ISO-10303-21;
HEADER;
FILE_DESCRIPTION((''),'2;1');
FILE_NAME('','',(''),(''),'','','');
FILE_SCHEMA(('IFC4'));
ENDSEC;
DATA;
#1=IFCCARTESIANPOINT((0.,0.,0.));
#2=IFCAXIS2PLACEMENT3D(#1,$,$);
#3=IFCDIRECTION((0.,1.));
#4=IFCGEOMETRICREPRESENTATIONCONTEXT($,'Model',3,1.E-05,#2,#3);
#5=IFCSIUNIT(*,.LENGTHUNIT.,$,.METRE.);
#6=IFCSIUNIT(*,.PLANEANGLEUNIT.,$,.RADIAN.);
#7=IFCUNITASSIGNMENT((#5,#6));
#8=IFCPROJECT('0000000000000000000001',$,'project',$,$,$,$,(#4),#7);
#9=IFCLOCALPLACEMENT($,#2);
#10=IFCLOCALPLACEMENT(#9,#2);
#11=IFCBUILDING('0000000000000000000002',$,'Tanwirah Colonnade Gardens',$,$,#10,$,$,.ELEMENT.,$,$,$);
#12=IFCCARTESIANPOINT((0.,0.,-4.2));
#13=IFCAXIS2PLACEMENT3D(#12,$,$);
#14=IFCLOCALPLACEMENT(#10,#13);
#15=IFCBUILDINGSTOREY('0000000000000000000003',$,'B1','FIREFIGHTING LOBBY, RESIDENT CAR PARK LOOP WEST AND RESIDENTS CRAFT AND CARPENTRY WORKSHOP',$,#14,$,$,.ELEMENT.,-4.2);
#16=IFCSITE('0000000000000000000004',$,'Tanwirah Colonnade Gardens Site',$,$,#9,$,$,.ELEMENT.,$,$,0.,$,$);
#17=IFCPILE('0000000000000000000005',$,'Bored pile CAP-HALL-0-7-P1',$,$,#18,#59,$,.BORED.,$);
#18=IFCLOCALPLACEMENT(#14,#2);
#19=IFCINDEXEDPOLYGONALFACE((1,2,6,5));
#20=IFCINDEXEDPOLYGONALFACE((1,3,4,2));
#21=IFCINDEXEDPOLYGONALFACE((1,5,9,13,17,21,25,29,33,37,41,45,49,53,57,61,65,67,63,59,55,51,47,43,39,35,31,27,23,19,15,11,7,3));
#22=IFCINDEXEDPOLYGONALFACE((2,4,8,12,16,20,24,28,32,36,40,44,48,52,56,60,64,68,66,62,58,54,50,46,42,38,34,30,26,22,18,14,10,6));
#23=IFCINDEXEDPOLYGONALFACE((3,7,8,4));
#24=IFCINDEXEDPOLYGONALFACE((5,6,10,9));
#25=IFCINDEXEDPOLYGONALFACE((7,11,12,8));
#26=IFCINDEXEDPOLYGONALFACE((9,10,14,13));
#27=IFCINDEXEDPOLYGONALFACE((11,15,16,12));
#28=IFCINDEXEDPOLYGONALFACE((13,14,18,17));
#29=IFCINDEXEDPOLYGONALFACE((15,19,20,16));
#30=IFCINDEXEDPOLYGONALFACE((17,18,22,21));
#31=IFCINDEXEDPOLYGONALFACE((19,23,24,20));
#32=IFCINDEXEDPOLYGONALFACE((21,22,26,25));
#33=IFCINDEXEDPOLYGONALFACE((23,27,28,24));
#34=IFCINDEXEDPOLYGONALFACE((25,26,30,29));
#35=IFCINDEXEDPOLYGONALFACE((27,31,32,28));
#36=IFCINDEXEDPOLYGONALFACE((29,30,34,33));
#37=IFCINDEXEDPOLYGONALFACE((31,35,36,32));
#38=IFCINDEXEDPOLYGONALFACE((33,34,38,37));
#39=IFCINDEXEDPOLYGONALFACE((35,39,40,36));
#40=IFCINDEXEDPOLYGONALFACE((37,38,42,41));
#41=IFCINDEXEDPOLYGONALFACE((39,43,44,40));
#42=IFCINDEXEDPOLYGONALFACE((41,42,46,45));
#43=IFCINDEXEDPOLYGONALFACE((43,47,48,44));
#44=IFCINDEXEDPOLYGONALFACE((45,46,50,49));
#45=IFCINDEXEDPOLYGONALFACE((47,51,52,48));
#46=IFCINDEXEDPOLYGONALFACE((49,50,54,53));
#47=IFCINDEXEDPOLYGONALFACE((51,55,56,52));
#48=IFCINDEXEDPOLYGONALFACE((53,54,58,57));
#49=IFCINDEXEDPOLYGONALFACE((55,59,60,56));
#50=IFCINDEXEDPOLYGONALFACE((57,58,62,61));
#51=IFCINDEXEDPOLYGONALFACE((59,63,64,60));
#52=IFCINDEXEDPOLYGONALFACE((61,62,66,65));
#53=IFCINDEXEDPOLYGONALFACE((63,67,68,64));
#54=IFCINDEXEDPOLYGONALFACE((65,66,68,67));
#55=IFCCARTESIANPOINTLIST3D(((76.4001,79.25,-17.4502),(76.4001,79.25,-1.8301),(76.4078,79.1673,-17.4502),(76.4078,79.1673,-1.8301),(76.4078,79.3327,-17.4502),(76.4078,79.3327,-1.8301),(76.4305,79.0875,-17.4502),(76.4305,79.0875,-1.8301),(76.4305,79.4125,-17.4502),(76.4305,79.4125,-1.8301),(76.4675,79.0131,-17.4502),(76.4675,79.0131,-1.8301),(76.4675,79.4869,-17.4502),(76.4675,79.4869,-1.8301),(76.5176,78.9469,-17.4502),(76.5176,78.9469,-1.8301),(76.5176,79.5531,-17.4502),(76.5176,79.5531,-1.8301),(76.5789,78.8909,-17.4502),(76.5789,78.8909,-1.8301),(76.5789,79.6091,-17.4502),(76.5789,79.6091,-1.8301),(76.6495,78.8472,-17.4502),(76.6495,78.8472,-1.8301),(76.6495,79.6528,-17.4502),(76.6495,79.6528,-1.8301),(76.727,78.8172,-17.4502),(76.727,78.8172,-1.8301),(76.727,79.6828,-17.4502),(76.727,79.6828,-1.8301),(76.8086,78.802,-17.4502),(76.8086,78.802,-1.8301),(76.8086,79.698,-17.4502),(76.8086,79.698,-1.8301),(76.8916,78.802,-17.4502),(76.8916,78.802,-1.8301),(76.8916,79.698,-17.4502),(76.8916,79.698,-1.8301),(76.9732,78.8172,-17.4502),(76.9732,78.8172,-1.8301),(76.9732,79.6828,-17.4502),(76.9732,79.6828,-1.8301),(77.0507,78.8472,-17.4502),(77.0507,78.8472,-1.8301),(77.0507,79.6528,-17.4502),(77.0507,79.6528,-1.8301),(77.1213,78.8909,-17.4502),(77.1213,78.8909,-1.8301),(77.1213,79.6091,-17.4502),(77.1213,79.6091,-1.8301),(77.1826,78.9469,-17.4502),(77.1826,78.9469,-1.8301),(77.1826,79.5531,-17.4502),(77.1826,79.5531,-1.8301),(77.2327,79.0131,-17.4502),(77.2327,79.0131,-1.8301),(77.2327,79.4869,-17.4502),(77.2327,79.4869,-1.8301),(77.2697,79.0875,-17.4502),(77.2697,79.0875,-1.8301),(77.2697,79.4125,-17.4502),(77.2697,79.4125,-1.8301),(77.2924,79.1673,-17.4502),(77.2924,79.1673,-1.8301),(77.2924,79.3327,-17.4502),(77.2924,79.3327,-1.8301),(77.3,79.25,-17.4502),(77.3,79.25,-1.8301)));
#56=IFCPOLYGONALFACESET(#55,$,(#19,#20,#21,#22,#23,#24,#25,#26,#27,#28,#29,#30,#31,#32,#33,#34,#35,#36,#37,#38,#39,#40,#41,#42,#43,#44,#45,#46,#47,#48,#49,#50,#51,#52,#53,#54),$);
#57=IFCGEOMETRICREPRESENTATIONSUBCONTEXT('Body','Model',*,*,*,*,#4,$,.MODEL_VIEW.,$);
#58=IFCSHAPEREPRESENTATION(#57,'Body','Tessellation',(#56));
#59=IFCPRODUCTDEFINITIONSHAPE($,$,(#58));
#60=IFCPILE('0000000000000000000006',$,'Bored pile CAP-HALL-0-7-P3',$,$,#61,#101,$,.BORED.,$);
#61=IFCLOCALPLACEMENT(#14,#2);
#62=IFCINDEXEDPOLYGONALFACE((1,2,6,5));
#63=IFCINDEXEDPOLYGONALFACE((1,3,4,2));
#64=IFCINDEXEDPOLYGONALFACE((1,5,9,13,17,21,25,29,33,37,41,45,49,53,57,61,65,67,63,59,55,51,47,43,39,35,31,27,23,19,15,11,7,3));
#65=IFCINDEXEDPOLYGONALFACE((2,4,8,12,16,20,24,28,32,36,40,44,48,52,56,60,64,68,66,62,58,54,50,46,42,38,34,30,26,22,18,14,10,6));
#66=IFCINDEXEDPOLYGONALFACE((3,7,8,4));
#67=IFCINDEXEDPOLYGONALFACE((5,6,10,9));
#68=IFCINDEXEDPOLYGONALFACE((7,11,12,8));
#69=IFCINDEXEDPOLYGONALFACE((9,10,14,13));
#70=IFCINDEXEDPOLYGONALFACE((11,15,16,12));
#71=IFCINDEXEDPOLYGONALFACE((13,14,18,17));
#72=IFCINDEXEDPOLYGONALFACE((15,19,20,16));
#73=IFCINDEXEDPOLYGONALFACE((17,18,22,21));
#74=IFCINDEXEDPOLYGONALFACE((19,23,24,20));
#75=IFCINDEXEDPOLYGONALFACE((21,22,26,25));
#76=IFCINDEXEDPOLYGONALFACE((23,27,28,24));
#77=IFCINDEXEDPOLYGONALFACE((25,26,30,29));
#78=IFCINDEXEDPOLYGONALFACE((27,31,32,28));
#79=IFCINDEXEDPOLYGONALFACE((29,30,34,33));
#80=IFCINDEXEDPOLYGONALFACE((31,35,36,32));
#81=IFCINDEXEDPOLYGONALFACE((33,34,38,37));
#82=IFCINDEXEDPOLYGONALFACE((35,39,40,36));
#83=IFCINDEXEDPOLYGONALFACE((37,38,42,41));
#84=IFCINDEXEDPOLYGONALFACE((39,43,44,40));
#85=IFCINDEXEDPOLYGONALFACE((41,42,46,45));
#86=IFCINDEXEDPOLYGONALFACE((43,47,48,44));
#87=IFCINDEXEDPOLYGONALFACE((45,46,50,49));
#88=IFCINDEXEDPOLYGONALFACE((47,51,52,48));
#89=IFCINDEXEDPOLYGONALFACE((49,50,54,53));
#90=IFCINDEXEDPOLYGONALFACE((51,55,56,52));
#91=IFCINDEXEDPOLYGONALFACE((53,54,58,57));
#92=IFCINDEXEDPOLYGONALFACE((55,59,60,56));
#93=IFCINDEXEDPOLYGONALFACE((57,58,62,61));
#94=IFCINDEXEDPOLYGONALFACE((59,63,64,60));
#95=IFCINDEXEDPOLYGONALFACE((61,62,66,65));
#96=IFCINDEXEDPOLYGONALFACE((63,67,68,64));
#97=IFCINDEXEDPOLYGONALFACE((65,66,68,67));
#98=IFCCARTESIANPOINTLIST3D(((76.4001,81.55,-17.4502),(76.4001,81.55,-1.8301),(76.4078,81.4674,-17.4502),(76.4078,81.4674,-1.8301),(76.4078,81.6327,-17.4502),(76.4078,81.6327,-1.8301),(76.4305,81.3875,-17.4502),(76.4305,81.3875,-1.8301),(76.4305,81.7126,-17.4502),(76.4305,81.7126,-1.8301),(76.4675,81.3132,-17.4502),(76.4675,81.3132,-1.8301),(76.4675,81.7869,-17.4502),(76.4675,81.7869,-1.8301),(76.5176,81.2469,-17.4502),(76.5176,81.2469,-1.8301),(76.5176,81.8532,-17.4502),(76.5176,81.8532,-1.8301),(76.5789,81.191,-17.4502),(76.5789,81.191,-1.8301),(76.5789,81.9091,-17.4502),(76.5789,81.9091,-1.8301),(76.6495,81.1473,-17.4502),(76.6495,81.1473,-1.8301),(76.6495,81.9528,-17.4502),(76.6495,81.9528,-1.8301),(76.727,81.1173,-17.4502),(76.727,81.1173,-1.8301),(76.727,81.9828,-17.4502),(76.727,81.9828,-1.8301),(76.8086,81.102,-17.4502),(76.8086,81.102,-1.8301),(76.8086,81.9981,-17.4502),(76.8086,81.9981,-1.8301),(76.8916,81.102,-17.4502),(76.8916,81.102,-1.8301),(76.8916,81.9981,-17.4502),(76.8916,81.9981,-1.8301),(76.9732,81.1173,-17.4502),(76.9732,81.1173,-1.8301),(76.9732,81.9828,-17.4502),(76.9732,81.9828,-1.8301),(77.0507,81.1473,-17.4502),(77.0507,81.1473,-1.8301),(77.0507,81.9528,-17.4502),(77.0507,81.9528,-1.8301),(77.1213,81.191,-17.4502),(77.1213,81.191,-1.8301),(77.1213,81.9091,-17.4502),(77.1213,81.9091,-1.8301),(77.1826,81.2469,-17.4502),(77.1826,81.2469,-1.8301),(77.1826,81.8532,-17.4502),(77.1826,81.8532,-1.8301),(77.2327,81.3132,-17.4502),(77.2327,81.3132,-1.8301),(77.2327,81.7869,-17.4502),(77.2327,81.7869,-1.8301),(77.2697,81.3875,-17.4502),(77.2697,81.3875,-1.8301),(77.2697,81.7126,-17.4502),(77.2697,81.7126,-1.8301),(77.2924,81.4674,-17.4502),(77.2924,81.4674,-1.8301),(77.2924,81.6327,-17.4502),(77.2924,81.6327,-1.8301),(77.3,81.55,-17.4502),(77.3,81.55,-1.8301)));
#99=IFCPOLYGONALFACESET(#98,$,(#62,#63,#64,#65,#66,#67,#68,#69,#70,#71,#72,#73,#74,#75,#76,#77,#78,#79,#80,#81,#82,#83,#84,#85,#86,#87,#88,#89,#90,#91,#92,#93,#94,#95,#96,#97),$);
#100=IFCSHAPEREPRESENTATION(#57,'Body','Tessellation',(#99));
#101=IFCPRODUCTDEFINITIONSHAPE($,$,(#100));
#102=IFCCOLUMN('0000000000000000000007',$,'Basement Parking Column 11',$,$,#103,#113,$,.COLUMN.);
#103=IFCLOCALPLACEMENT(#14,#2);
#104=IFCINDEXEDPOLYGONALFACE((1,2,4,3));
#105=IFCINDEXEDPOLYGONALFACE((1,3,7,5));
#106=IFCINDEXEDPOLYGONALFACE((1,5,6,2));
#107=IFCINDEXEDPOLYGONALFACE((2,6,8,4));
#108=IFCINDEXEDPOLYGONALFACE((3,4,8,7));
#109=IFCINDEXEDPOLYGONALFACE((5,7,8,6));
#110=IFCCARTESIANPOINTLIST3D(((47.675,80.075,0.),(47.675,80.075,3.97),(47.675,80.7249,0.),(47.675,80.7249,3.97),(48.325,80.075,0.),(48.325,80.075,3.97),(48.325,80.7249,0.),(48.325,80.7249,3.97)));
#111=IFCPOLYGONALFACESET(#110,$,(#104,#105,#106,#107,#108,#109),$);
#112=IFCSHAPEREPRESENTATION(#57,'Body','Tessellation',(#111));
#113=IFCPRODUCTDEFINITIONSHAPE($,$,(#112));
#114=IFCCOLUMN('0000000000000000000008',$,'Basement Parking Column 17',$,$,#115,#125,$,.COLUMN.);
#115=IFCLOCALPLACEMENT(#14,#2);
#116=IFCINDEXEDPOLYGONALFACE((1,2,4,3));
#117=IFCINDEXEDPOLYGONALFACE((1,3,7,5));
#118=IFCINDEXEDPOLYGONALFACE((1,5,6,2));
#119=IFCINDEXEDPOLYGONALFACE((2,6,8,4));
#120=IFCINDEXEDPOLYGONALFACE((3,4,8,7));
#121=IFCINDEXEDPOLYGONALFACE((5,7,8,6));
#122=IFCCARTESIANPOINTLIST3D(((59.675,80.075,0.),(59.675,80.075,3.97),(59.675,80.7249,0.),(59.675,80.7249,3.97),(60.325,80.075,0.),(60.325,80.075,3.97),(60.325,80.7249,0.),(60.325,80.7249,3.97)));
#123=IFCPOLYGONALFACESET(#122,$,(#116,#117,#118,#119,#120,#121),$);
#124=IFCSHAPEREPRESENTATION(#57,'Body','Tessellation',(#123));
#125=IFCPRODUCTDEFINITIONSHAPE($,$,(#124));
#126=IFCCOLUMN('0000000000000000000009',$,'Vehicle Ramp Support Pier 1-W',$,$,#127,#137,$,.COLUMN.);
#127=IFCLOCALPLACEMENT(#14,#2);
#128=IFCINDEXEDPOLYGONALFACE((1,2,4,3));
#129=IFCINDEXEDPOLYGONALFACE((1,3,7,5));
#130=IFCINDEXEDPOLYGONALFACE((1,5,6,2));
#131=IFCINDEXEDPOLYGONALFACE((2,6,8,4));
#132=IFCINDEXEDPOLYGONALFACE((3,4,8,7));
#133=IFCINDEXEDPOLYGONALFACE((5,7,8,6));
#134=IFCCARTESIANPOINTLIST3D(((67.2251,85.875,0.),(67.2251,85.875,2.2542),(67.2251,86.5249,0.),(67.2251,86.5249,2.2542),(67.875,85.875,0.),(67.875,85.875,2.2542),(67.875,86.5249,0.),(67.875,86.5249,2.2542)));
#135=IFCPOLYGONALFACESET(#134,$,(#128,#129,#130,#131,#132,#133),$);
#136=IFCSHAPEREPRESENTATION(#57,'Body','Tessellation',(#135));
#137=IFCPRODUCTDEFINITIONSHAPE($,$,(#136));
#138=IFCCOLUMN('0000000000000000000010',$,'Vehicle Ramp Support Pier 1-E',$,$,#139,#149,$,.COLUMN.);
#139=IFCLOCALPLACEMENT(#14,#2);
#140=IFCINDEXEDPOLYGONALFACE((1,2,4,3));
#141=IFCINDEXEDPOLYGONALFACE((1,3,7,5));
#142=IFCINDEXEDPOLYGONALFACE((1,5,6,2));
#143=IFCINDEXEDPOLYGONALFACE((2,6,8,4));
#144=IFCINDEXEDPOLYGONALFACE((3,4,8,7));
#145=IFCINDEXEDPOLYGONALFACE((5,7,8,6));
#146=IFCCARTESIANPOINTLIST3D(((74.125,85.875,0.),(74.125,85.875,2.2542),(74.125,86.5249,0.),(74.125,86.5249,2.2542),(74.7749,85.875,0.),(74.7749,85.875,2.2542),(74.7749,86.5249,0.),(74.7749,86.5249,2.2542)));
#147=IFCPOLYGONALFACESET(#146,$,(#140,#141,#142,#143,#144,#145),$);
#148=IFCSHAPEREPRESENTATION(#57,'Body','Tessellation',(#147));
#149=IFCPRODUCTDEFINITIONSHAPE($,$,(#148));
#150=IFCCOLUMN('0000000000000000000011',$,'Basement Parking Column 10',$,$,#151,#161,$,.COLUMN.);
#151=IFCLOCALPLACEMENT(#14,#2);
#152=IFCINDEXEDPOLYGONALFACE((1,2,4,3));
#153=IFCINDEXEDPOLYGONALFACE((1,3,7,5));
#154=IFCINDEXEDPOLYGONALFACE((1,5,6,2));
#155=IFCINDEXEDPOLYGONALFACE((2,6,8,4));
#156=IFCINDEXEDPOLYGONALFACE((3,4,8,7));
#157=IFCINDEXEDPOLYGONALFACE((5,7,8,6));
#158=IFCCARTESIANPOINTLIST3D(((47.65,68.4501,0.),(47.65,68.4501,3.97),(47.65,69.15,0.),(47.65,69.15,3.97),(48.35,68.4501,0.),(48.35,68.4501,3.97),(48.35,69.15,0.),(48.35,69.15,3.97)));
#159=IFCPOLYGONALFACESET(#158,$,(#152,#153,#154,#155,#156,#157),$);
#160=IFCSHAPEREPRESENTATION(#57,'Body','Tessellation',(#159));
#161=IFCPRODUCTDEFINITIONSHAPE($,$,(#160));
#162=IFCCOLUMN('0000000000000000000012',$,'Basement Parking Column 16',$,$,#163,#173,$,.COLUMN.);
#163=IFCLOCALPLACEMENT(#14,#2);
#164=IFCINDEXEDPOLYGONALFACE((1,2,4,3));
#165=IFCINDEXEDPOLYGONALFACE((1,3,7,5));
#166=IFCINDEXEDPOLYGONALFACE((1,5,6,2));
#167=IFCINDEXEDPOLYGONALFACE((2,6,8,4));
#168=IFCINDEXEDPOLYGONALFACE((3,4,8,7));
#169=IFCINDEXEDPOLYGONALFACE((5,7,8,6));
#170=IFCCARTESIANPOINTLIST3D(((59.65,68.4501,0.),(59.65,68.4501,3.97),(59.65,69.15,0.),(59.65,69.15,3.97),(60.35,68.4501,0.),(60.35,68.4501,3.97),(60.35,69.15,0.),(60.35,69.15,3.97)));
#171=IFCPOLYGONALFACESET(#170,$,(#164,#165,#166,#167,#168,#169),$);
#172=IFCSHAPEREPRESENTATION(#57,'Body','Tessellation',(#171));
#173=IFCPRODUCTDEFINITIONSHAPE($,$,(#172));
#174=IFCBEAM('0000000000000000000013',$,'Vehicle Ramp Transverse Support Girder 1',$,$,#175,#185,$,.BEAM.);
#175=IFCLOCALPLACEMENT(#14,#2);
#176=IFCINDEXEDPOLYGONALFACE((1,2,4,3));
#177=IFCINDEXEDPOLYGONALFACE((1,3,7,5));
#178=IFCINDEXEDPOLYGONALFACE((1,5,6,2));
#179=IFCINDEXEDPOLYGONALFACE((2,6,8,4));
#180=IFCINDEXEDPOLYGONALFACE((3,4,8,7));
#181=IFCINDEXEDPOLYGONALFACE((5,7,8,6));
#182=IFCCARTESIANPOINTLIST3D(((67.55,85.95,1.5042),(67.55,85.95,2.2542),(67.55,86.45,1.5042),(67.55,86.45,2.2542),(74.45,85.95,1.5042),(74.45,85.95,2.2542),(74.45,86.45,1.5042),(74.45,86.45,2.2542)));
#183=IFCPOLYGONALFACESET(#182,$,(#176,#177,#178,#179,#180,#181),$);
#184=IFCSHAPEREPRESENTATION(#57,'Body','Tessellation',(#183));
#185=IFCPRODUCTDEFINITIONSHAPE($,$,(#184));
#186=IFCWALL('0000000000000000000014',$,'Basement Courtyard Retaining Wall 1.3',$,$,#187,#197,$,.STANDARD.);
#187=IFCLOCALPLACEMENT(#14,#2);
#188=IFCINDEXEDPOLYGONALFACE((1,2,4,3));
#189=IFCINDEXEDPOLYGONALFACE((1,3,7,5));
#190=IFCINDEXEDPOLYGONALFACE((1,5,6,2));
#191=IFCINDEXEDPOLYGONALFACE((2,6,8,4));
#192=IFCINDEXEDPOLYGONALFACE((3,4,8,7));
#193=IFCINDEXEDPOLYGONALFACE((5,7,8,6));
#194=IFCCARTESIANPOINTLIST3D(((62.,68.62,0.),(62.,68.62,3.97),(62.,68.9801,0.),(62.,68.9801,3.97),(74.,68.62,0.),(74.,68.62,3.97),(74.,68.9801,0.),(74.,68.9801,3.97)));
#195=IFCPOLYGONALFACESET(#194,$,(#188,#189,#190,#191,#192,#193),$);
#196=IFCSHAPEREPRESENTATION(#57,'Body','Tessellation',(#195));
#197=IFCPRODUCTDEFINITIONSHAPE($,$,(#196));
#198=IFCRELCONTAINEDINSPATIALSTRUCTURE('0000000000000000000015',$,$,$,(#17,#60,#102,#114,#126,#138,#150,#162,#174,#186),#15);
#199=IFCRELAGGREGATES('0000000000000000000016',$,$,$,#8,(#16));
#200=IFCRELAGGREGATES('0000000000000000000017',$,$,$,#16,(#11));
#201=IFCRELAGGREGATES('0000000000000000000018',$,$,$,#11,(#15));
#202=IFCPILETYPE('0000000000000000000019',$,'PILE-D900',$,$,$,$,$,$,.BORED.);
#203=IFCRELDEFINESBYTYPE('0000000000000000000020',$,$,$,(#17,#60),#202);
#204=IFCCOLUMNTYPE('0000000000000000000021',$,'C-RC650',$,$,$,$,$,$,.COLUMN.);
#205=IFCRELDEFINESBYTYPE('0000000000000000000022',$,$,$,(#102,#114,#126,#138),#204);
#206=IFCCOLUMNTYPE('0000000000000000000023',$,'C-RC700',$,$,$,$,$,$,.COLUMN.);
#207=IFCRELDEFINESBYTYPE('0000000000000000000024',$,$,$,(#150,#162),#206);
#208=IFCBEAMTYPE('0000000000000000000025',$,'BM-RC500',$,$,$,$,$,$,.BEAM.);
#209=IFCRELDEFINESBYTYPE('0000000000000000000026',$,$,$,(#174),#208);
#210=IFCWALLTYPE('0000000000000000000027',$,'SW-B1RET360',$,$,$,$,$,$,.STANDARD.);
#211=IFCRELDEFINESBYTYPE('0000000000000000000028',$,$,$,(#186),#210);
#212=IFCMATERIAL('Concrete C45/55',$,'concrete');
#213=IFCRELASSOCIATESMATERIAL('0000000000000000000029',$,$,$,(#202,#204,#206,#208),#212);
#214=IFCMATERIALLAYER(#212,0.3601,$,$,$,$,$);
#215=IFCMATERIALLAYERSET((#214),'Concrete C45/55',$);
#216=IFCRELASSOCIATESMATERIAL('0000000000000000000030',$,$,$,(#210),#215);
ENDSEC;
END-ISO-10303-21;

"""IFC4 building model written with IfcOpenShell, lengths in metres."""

from ifc_helpers import new_model, si_unit, direction, frame, frame_2d, origin, origin_2d, place, context, subcontext, project, spatial, rectangle, circle, extrude, material, layer, layer_set, material_profile, profile_set, type_object, element, save


model = new_model("IFC4")

# Units and contexts
model_context = context("Model", 3, precision=1e-05, world=origin(), true_north=direction((0.0, 1.0)))
body_context = subcontext(model_context, "Body", "Model", "MODEL_VIEW")
ifc_project = project(units=[si_unit("LENGTHUNIT", "METRE"), si_unit("PLANEANGLEUNIT", "RADIAN")], contexts=[model_context])

# Site, building, storey
site_placement = place(None, origin())
site = spatial("IfcSite", under=ifc_project, at=site_placement, Name="Tanwirah Colonnade Gardens Site", CompositionType="ELEMENT", RefElevation=0.0)
building_placement = place(site_placement, origin())
building = spatial("IfcBuilding", under=site, at=building_placement, Name="Tanwirah Colonnade Gardens", CompositionType="ELEMENT")
storey_placement = place(building_placement, frame((0.0, 0.0, -4.2)))
storey = spatial("IfcBuildingStorey", under=building, at=storey_placement, Name="B1", Description="FIREFIGHTING LOBBY, RESIDENT CAR PARK LOOP WEST AND RESIDENTS CRAFT AND CARPENTRY WORKSHOP", CompositionType="ELEMENT", Elevation=-4.2)

# Shared definitions
ifc_material = material(Name="Concrete C45/55", Category="concrete")

# Piles
ifc_material_profile_1 = material_profile(ifc_material, circle(Radius=0.45, at=origin_2d()), Name="PILE D900")
ifc_profile_set_1 = profile_set([ifc_material_profile_1], Name="Concrete C45/55")
pile_type_1 = type_object("IfcPileType", Name="PILE-D900", PredefinedType="BORED", material=ifc_profile_set_1)
for number, where, z_axis, x_axis, name in (
    (1, (76.8501, 79.25, -1.8301), (0.0, 0.0, -1.0), (1.0, 0.0, 0.0), "Bored pile CAP-HALL-0-7-P1"),
    (2, (76.8501, 81.55, -1.8301), (0.0, 0.0, -1.0), (1.0, 0.0, 0.0), "Bored pile CAP-HALL-0-7-P3"),
):
    element("IfcPile", number, at=place(storey_placement, frame(where, z_axis=z_axis, x_axis=x_axis)), inside=storey, type_object=pile_type_1, Name=name, PredefinedType="BORED", context=body_context, shape_type="SweptSolid", body=[
        extrude(circle(Radius=0.45, at=origin_2d()), origin(), (0.0, 0.0, 1.0), 15.6201),
    ])

# Columns
ifc_material_profile_2 = material_profile(ifc_material, rectangle(XDim=0.6499, YDim=0.6499, at=origin_2d()), Name="RC-COL 650x650")
ifc_profile_set_2 = profile_set([ifc_material_profile_2], Name="Concrete C45/55")
column_type_1 = type_object("IfcColumnType", Name="C-RC650", PredefinedType="COLUMN", material=ifc_profile_set_2)
for number, where, z_axis, x_axis, name in (
    (3, (48.0, 80.3999, 0.0), (0.0, 0.0, 1.0), (1.0, 0.0, 0.0), "Basement Parking Column 11"),
    (4, (60.0, 80.3999, 0.0), (0.0, 0.0, 1.0), (1.0, 0.0, 0.0), "Basement Parking Column 17"),
):
    element("IfcColumn", number, at=place(storey_placement, frame(where, z_axis=z_axis, x_axis=x_axis)), inside=storey, type_object=column_type_1, Name=name, PredefinedType="COLUMN", context=body_context, shape_type="SweptSolid", body=[
        extrude(rectangle(XDim=0.6499, YDim=0.6499, at=origin_2d()), origin(), (0.0, 0.0, 1.0), 3.97),
    ])
for number, where, z_axis, x_axis, name in (
    (5, (67.55, 86.2, 0.0), (0.0, 0.0, 1.0), (1.0, 0.0, 0.0), "Vehicle Ramp Support Pier 1-W"),
    (6, (74.45, 86.2, 0.0), (0.0, 0.0, 1.0), (1.0, 0.0, 0.0), "Vehicle Ramp Support Pier 1-E"),
):
    element("IfcColumn", number, at=place(storey_placement, frame(where, z_axis=z_axis, x_axis=x_axis)), inside=storey, type_object=column_type_1, Name=name, PredefinedType="COLUMN", context=body_context, shape_type="SweptSolid", body=[
        extrude(rectangle(XDim=0.6499, YDim=0.6499, at=origin_2d()), origin(), (0.0, 0.0, 1.0), 2.2542),
    ])
ifc_material_profile_3 = material_profile(ifc_material, rectangle(XDim=0.7, YDim=0.7, at=origin_2d()), Name="RC-COL 700x700")
ifc_profile_set_3 = profile_set([ifc_material_profile_3], Name="Concrete C45/55")
column_type_2 = type_object("IfcColumnType", Name="C-RC700", PredefinedType="COLUMN", material=ifc_profile_set_3)
for number, where, z_axis, x_axis, name in (
    (7, (48.0, 68.8, 0.0), (0.0, 0.0, 1.0), (1.0, 0.0, 0.0), "Basement Parking Column 10"),
    (8, (60.0, 68.8, 0.0), (0.0, 0.0, 1.0), (1.0, 0.0, 0.0), "Basement Parking Column 16"),
):
    element("IfcColumn", number, at=place(storey_placement, frame(where, z_axis=z_axis, x_axis=x_axis)), inside=storey, type_object=column_type_2, Name=name, PredefinedType="COLUMN", context=body_context, shape_type="SweptSolid", body=[
        extrude(rectangle(XDim=0.7, YDim=0.7, at=origin_2d()), origin(), (0.0, 0.0, 1.0), 3.97),
    ])

# Beam
ifc_material_profile_4 = material_profile(ifc_material, rectangle(XDim=0.5, YDim=0.75, at=origin_2d()), Name="RC-BM 500x750")
ifc_profile_set_4 = profile_set([ifc_material_profile_4], Name="Concrete C45/55")
beam_type = type_object("IfcBeamType", Name="BM-RC500", PredefinedType="BEAM", material=ifc_profile_set_4)
beam_placement = place(storey_placement, frame((67.55, 86.2, 1.8792), z_axis=(1.0, 0.0, 0.0), x_axis=(0.0, 1.0, 0.0)))
element("IfcBeam", 9, at=beam_placement, inside=storey, type_object=beam_type, Name="Vehicle Ramp Transverse Support Girder 1", PredefinedType="BEAM", context=body_context, shape_type="SweptSolid", body=[
    extrude(rectangle(XDim=0.5, YDim=0.75, at=origin_2d()), origin(), (0.0, 0.0, 1.0), 6.8999),
])

# Wall
ifc_layer_1 = layer(ifc_material, 0.3601)
ifc_layer_set_1 = layer_set([ifc_layer_1], Name="Concrete C45/55")
wall_type_1 = type_object("IfcWallType", Name="SW-B1RET360", PredefinedType="STANDARD", material=ifc_layer_set_1)
wall_1_placement = place(storey_placement, frame((74.0, 68.8, 0.0), z_axis=(0.0, 0.0, 1.0), x_axis=(-1.0, 0.0, 0.0)))
element("IfcWall", 10, at=wall_1_placement, inside=storey, type_object=wall_type_1, Name="Basement Courtyard Retaining Wall 1.3", PredefinedType="STANDARD", context=body_context, shape_type="SweptSolid", body=[
    extrude(rectangle(XDim=12.0, YDim=0.3601, at=frame_2d((6.0, 0.0))), origin(), (0.0, 0.0, 1.0), 3.97),
])

save(model, "model.ifc")
